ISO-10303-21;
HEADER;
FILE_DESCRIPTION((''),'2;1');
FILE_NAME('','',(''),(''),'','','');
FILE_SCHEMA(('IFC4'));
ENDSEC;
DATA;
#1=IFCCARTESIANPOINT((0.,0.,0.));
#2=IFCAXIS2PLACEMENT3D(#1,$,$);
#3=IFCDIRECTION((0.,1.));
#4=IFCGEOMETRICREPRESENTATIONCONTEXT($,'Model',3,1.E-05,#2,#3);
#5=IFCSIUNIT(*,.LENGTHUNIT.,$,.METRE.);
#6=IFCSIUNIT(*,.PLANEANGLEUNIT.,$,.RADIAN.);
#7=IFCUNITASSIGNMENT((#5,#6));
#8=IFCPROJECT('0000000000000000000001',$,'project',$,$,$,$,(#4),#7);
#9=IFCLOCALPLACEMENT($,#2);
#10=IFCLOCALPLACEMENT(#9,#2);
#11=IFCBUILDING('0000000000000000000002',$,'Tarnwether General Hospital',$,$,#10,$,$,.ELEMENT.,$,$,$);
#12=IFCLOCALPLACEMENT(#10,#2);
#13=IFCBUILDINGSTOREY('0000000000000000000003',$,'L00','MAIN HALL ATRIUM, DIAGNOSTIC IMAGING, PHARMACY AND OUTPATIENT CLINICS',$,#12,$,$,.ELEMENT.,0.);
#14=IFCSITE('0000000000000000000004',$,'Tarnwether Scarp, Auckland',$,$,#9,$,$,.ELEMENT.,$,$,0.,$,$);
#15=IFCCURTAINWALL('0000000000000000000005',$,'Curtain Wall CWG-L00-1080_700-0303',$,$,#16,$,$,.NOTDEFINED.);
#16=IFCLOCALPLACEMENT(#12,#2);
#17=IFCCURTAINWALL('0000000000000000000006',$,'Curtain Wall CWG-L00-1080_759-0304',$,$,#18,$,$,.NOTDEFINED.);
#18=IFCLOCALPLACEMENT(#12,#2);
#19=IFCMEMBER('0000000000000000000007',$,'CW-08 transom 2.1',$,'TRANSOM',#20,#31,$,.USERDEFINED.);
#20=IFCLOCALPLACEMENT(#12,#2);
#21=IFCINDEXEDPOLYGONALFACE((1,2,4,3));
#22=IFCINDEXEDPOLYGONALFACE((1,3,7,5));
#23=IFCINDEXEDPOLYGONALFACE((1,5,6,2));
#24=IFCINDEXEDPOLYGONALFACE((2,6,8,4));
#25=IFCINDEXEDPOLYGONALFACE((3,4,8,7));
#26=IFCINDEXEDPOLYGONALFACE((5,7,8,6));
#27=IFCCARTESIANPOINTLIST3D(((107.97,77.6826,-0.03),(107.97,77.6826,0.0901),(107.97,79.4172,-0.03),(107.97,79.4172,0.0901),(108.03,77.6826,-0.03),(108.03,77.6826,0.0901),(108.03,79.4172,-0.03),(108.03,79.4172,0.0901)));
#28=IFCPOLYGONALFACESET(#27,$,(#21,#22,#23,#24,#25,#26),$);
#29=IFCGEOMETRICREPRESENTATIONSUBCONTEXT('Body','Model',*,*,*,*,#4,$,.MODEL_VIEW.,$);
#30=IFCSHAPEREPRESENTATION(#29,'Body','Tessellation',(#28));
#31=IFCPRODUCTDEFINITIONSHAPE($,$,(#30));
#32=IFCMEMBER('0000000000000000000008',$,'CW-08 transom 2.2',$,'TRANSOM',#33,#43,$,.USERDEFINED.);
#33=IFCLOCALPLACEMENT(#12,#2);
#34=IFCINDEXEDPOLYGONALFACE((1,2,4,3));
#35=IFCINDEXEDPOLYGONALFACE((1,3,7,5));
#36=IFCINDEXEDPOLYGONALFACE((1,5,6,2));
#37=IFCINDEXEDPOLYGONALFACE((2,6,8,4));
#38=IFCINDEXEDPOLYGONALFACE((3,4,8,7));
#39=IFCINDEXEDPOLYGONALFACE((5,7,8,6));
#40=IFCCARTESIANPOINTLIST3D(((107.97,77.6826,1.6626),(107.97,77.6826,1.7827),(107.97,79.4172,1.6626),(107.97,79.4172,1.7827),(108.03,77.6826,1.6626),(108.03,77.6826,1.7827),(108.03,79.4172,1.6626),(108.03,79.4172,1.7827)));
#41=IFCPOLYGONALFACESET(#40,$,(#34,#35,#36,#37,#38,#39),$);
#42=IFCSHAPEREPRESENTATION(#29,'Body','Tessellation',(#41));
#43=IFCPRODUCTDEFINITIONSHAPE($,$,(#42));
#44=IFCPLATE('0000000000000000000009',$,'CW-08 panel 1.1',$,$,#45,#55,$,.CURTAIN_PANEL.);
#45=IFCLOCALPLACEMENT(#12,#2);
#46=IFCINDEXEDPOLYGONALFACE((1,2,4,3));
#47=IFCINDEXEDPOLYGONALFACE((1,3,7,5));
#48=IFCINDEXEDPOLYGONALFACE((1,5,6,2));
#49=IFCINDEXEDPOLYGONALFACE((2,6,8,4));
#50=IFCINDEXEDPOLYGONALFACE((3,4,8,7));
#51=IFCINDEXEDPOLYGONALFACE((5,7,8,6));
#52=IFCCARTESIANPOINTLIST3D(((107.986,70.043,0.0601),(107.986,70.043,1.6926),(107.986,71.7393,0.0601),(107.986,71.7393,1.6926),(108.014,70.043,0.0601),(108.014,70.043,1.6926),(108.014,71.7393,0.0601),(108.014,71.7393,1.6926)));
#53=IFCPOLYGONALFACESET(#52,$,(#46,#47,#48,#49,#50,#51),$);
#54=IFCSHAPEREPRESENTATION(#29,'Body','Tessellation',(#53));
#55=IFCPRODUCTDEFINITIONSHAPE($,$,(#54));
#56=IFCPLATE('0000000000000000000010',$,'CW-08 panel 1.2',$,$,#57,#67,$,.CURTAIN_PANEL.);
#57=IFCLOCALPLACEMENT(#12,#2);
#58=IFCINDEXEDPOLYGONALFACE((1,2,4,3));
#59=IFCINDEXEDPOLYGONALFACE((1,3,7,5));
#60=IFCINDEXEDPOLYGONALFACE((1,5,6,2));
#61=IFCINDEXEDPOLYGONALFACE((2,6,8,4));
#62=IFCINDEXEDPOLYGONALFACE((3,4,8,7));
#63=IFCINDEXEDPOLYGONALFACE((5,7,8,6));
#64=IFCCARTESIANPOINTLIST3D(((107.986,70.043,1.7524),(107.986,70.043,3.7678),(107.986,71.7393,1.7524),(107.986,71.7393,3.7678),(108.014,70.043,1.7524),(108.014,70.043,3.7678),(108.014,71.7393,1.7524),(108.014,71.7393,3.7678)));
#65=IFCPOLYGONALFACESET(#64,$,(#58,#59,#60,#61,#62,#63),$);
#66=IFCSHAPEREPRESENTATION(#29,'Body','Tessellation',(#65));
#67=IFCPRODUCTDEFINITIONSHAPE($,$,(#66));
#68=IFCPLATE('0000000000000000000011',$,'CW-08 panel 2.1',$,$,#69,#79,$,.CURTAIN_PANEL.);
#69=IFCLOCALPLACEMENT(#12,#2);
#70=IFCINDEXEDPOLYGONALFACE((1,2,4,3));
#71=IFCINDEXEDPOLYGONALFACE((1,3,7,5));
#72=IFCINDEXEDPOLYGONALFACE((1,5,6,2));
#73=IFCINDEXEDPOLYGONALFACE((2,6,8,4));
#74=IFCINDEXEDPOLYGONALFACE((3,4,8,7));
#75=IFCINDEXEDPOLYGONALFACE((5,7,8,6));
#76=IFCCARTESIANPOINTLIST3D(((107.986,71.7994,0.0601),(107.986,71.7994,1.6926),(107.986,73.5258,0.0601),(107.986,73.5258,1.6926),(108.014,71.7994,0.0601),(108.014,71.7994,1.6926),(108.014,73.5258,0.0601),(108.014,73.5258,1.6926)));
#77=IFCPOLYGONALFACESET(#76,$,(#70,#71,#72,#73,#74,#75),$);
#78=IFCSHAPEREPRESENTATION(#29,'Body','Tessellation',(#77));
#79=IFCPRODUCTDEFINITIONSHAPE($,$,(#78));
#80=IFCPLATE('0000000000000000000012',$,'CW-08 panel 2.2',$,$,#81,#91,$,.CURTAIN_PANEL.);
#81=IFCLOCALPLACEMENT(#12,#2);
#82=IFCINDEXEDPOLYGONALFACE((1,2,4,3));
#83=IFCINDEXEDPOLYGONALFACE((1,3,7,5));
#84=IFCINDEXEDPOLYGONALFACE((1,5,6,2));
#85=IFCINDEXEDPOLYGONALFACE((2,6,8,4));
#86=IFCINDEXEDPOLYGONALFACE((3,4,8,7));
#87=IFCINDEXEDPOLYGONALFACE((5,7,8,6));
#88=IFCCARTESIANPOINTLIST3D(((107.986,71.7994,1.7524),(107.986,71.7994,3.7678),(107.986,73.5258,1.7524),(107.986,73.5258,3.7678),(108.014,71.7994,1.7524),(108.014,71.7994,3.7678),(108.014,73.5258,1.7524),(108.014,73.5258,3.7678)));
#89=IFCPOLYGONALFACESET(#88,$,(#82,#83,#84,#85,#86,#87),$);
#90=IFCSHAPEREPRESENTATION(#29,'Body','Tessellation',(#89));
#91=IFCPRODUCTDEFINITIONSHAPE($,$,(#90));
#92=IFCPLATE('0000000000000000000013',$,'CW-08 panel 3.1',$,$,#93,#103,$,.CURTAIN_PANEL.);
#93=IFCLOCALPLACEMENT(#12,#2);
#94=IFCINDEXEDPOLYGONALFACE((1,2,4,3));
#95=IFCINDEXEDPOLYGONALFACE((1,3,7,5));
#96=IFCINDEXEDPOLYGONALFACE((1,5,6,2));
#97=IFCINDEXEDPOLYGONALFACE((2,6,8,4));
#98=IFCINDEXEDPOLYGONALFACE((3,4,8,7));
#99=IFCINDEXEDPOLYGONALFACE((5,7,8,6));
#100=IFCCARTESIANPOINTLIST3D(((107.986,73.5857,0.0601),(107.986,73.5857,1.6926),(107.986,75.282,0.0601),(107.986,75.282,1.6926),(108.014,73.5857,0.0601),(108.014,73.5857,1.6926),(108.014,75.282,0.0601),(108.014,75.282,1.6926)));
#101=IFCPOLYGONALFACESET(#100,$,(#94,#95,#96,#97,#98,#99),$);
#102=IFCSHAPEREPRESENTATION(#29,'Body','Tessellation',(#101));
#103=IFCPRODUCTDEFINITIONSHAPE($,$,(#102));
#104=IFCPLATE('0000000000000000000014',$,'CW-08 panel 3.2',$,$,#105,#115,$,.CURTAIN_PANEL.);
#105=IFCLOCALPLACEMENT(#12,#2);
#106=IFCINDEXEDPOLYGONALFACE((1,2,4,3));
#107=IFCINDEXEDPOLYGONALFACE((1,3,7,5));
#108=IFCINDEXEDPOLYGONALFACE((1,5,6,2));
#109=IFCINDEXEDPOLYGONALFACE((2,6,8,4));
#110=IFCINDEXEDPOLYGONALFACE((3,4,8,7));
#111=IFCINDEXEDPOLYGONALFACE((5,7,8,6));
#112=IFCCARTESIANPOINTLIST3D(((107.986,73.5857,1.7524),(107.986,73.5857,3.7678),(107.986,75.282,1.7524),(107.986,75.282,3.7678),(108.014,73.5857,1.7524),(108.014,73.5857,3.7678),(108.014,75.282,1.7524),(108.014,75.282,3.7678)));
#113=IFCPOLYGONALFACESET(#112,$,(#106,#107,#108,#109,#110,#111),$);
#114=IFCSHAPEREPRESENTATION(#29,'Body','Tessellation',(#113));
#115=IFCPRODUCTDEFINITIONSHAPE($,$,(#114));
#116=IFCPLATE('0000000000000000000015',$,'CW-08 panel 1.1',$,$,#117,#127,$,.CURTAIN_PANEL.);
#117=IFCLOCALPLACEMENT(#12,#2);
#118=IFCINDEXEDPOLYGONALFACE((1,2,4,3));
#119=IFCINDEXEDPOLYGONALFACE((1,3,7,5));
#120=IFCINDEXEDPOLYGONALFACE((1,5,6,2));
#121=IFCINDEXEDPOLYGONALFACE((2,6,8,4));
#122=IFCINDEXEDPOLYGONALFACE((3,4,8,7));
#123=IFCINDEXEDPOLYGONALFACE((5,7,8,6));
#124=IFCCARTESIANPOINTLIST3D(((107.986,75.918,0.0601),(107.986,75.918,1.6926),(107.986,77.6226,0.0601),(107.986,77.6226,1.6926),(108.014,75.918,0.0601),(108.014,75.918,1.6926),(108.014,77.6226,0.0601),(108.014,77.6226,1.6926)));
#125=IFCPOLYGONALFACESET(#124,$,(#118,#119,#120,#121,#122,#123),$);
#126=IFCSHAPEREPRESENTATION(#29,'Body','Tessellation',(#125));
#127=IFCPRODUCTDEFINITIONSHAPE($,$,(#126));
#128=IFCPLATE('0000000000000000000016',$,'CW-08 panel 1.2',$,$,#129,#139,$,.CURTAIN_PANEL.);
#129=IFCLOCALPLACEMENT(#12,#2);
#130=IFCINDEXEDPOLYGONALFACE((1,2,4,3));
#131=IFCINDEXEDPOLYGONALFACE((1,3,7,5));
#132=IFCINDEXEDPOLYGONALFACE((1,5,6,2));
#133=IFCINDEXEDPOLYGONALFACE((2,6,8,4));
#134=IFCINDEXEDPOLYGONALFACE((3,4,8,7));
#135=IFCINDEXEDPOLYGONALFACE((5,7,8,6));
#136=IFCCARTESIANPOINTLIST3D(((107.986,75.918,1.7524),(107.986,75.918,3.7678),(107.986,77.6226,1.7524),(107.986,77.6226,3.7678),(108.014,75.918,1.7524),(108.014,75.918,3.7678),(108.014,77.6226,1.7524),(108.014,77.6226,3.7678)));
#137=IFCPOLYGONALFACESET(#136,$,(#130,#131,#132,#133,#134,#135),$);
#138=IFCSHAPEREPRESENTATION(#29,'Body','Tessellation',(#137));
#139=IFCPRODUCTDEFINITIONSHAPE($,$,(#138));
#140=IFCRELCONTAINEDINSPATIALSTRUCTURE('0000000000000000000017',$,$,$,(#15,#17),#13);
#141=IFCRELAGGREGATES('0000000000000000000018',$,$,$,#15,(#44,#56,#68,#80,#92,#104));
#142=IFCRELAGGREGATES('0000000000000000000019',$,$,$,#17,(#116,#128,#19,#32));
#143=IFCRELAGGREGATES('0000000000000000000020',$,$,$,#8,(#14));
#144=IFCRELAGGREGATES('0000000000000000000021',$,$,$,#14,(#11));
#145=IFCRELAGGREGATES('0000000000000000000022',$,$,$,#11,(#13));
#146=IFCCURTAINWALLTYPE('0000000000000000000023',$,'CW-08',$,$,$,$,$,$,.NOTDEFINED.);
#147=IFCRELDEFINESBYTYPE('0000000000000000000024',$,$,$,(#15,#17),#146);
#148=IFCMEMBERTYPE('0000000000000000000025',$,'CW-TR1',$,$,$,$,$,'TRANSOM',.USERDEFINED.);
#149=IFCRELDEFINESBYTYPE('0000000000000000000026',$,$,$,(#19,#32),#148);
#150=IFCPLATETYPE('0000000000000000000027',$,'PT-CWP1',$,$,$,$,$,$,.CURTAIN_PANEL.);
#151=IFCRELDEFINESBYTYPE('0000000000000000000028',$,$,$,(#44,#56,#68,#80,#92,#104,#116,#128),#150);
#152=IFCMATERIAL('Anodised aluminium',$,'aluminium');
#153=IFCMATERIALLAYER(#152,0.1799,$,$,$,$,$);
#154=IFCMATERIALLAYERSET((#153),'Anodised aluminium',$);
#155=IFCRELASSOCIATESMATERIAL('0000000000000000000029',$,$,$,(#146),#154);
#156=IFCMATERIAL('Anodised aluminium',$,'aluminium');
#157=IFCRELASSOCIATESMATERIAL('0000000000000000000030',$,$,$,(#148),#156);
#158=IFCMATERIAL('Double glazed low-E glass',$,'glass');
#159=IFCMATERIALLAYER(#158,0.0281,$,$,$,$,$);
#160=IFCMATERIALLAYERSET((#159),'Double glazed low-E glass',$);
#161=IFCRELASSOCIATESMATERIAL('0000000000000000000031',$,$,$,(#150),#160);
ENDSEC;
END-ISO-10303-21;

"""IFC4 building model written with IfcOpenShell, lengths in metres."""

from ifc_helpers import new_model, si_unit, direction, frame, origin, origin_2d, place, context, subcontext, project, spatial, rectangle, extrude, material, layer, layer_set, material_profile, profile_set, type_object, element, aggregate, save


model = new_model("IFC4")

# Units and contexts
model_context = context("Model", 3, precision=1e-05, world=origin(), true_north=direction((0.0, 1.0)))
body_context = subcontext(model_context, "Body", "Model", "MODEL_VIEW")
ifc_project = project(units=[si_unit("LENGTHUNIT", "METRE"), si_unit("PLANEANGLEUNIT", "RADIAN")], contexts=[model_context])

# Site, building, storey
site_placement = place(None, origin())
site = spatial("IfcSite", under=ifc_project, at=site_placement, Name="Tarnwether Scarp, Auckland", CompositionType="ELEMENT", RefElevation=0.0)
building_placement = place(site_placement, origin())
building = spatial("IfcBuilding", under=site, at=building_placement, Name="Tarnwether General Hospital", CompositionType="ELEMENT")
storey_placement = place(building_placement, origin())
storey = spatial("IfcBuildingStorey", under=building, at=storey_placement, Name="L00", Description="MAIN HALL ATRIUM, DIAGNOSTIC IMAGING, PHARMACY AND OUTPATIENT CLINICS", CompositionType="ELEMENT", Elevation=0.0)

# Curtain walls
ifc_material_1 = material(Name="Anodised aluminium", Category="aluminium")
ifc_layer_1 = layer(ifc_material_1, 0.1799)
ifc_layer_set_1 = layer_set([ifc_layer_1], Name="Anodised aluminium")
curtain_wall_type = type_object("IfcCurtainWallType", Name="CW-08", PredefinedType="NOTDEFINED", material=ifc_layer_set_1)
curtain_wall_1_placement = place(storey_placement, origin())
curtain_wall_1 = element("IfcCurtainWall", 1, at=curtain_wall_1_placement, inside=storey, type_object=curtain_wall_type, Name="Curtain Wall CWG-L00-1080_700-0303", PredefinedType="NOTDEFINED")
curtain_wall_2_placement = place(storey_placement, origin())
curtain_wall_2 = element("IfcCurtainWall", 2, at=curtain_wall_2_placement, inside=storey, type_object=curtain_wall_type, Name="Curtain Wall CWG-L00-1080_759-0304", PredefinedType="NOTDEFINED")

# Members
ifc_material_2 = material(Name="Anodised aluminium", Category="aluminium")
ifc_material_profile_1 = material_profile(ifc_material_2, rectangle(XDim=0.0601, YDim=0.1201, at=origin_2d()), Name="ALU-TRN-60x120")
ifc_profile_set_1 = profile_set([ifc_material_profile_1], Name="Anodised aluminium")
member_type_1 = type_object("IfcMemberType", Name="CW-TR1", ElementType="TRANSOM", PredefinedType="USERDEFINED", material=ifc_profile_set_1)
member_1_placement = place(storey_placement, frame((108.0, 77.6826, 0.03), z_axis=(0.0, 1.0, 0.0), x_axis=(-1.0, 0.0, 0.0)))
member_1 = element("IfcMember", 3, at=member_1_placement, type_object=member_type_1, Name="CW-08 transom 2.1", ObjectType="TRANSOM", PredefinedType="USERDEFINED", context=body_context, shape_type="SweptSolid", body=[
    extrude(rectangle(XDim=0.0601, YDim=0.1201, at=origin_2d()), origin(), (0.0, 0.0, 1.0), 1.7346),
])
member_2_placement = place(storey_placement, frame((108.0, 77.6826, 1.7227), z_axis=(0.0, 1.0, 0.0), x_axis=(-1.0, 0.0, 0.0)))
member_2 = element("IfcMember", 4, at=member_2_placement, type_object=member_type_1, Name="CW-08 transom 2.2", ObjectType="TRANSOM", PredefinedType="USERDEFINED", context=body_context, shape_type="SweptSolid", body=[
    extrude(rectangle(XDim=0.0601, YDim=0.1201, at=origin_2d()), origin(), (0.0, 0.0, 1.0), 1.7346),
])

# Plates
ifc_material_3 = material(Name="Double glazed low-E glass", Category="glass")
ifc_layer_2 = layer(ifc_material_3, 0.0281)
ifc_layer_set_2 = layer_set([ifc_layer_2], Name="Double glazed low-E glass")
plate_type = type_object("IfcPlateType", Name="PT-CWP1", PredefinedType="CURTAIN_PANEL", material=ifc_layer_set_2)
plate_1_placement = place(storey_placement, frame((108.0, 70.8911, 0.0601), z_axis=(0.0, 0.0, 1.0), x_axis=(0.0, 1.0, 0.0)))
plate_1 = element("IfcPlate", 5, at=plate_1_placement, type_object=plate_type, Name="CW-08 panel 1.1", PredefinedType="CURTAIN_PANEL", context=body_context, shape_type="SweptSolid", body=[
    extrude(rectangle(XDim=1.6963, YDim=0.0281, at=origin_2d()), origin(), (0.0, 0.0, 1.0), 1.6326),
])
plate_2_placement = place(storey_placement, frame((108.0, 70.8911, 1.7524), z_axis=(0.0, 0.0, 1.0), x_axis=(0.0, 1.0, 0.0)))
plate_2 = element("IfcPlate", 6, at=plate_2_placement, type_object=plate_type, Name="CW-08 panel 1.2", PredefinedType="CURTAIN_PANEL", context=body_context, shape_type="SweptSolid", body=[
    extrude(rectangle(XDim=1.6963, YDim=0.0281, at=origin_2d()), origin(), (0.0, 0.0, 1.0), 2.0154),
])
plate_3_placement = place(storey_placement, frame((108.0, 72.6626, 0.0601), z_axis=(0.0, 0.0, 1.0), x_axis=(0.0, 1.0, 0.0)))
plate_3 = element("IfcPlate", 7, at=plate_3_placement, type_object=plate_type, Name="CW-08 panel 2.1", PredefinedType="CURTAIN_PANEL", context=body_context, shape_type="SweptSolid", body=[
    extrude(rectangle(XDim=1.7263, YDim=0.0281, at=origin_2d()), origin(), (0.0, 0.0, 1.0), 1.6326),
])
plate_4_placement = place(storey_placement, frame((108.0, 72.6626, 1.7524), z_axis=(0.0, 0.0, 1.0), x_axis=(0.0, 1.0, 0.0)))
plate_4 = element("IfcPlate", 8, at=plate_4_placement, type_object=plate_type, Name="CW-08 panel 2.2", PredefinedType="CURTAIN_PANEL", context=body_context, shape_type="SweptSolid", body=[
    extrude(rectangle(XDim=1.7263, YDim=0.0281, at=origin_2d()), origin(), (0.0, 0.0, 1.0), 2.0154),
])
plate_5_placement = place(storey_placement, frame((108.0, 74.4338, 0.0601), z_axis=(0.0, 0.0, 1.0), x_axis=(0.0, 1.0, 0.0)))
plate_5 = element("IfcPlate", 9, at=plate_5_placement, type_object=plate_type, Name="CW-08 panel 3.1", PredefinedType="CURTAIN_PANEL", context=body_context, shape_type="SweptSolid", body=[
    extrude(rectangle(XDim=1.6963, YDim=0.0281, at=origin_2d()), origin(), (0.0, 0.0, 1.0), 1.6326),
])
plate_6_placement = place(storey_placement, frame((108.0, 74.4338, 1.7524), z_axis=(0.0, 0.0, 1.0), x_axis=(0.0, 1.0, 0.0)))
plate_6 = element("IfcPlate", 10, at=plate_6_placement, type_object=plate_type, Name="CW-08 panel 3.2", PredefinedType="CURTAIN_PANEL", context=body_context, shape_type="SweptSolid", body=[
    extrude(rectangle(XDim=1.6963, YDim=0.0281, at=origin_2d()), origin(), (0.0, 0.0, 1.0), 2.0154),
])
aggregate(curtain_wall_1, [plate_1, plate_2, plate_3, plate_4, plate_5, plate_6])
plate_7_placement = place(storey_placement, frame((108.0, 76.7703, 0.0601), z_axis=(0.0, 0.0, 1.0), x_axis=(0.0, 1.0, 0.0)))
plate_7 = element("IfcPlate", 11, at=plate_7_placement, type_object=plate_type, Name="CW-08 panel 1.1", PredefinedType="CURTAIN_PANEL", context=body_context, shape_type="SweptSolid", body=[
    extrude(rectangle(XDim=1.7046, YDim=0.0281, at=origin_2d()), origin(), (0.0, 0.0, 1.0), 1.6326),
])
plate_8_placement = place(storey_placement, frame((108.0, 76.7703, 1.7524), z_axis=(0.0, 0.0, 1.0), x_axis=(0.0, 1.0, 0.0)))
plate_8 = element("IfcPlate", 12, at=plate_8_placement, type_object=plate_type, Name="CW-08 panel 1.2", PredefinedType="CURTAIN_PANEL", context=body_context, shape_type="SweptSolid", body=[
    extrude(rectangle(XDim=1.7046, YDim=0.0281, at=origin_2d()), origin(), (0.0, 0.0, 1.0), 2.0154),
])
aggregate(curtain_wall_2, [plate_7, plate_8, member_1, member_2])

save(model, "model.ifc")
